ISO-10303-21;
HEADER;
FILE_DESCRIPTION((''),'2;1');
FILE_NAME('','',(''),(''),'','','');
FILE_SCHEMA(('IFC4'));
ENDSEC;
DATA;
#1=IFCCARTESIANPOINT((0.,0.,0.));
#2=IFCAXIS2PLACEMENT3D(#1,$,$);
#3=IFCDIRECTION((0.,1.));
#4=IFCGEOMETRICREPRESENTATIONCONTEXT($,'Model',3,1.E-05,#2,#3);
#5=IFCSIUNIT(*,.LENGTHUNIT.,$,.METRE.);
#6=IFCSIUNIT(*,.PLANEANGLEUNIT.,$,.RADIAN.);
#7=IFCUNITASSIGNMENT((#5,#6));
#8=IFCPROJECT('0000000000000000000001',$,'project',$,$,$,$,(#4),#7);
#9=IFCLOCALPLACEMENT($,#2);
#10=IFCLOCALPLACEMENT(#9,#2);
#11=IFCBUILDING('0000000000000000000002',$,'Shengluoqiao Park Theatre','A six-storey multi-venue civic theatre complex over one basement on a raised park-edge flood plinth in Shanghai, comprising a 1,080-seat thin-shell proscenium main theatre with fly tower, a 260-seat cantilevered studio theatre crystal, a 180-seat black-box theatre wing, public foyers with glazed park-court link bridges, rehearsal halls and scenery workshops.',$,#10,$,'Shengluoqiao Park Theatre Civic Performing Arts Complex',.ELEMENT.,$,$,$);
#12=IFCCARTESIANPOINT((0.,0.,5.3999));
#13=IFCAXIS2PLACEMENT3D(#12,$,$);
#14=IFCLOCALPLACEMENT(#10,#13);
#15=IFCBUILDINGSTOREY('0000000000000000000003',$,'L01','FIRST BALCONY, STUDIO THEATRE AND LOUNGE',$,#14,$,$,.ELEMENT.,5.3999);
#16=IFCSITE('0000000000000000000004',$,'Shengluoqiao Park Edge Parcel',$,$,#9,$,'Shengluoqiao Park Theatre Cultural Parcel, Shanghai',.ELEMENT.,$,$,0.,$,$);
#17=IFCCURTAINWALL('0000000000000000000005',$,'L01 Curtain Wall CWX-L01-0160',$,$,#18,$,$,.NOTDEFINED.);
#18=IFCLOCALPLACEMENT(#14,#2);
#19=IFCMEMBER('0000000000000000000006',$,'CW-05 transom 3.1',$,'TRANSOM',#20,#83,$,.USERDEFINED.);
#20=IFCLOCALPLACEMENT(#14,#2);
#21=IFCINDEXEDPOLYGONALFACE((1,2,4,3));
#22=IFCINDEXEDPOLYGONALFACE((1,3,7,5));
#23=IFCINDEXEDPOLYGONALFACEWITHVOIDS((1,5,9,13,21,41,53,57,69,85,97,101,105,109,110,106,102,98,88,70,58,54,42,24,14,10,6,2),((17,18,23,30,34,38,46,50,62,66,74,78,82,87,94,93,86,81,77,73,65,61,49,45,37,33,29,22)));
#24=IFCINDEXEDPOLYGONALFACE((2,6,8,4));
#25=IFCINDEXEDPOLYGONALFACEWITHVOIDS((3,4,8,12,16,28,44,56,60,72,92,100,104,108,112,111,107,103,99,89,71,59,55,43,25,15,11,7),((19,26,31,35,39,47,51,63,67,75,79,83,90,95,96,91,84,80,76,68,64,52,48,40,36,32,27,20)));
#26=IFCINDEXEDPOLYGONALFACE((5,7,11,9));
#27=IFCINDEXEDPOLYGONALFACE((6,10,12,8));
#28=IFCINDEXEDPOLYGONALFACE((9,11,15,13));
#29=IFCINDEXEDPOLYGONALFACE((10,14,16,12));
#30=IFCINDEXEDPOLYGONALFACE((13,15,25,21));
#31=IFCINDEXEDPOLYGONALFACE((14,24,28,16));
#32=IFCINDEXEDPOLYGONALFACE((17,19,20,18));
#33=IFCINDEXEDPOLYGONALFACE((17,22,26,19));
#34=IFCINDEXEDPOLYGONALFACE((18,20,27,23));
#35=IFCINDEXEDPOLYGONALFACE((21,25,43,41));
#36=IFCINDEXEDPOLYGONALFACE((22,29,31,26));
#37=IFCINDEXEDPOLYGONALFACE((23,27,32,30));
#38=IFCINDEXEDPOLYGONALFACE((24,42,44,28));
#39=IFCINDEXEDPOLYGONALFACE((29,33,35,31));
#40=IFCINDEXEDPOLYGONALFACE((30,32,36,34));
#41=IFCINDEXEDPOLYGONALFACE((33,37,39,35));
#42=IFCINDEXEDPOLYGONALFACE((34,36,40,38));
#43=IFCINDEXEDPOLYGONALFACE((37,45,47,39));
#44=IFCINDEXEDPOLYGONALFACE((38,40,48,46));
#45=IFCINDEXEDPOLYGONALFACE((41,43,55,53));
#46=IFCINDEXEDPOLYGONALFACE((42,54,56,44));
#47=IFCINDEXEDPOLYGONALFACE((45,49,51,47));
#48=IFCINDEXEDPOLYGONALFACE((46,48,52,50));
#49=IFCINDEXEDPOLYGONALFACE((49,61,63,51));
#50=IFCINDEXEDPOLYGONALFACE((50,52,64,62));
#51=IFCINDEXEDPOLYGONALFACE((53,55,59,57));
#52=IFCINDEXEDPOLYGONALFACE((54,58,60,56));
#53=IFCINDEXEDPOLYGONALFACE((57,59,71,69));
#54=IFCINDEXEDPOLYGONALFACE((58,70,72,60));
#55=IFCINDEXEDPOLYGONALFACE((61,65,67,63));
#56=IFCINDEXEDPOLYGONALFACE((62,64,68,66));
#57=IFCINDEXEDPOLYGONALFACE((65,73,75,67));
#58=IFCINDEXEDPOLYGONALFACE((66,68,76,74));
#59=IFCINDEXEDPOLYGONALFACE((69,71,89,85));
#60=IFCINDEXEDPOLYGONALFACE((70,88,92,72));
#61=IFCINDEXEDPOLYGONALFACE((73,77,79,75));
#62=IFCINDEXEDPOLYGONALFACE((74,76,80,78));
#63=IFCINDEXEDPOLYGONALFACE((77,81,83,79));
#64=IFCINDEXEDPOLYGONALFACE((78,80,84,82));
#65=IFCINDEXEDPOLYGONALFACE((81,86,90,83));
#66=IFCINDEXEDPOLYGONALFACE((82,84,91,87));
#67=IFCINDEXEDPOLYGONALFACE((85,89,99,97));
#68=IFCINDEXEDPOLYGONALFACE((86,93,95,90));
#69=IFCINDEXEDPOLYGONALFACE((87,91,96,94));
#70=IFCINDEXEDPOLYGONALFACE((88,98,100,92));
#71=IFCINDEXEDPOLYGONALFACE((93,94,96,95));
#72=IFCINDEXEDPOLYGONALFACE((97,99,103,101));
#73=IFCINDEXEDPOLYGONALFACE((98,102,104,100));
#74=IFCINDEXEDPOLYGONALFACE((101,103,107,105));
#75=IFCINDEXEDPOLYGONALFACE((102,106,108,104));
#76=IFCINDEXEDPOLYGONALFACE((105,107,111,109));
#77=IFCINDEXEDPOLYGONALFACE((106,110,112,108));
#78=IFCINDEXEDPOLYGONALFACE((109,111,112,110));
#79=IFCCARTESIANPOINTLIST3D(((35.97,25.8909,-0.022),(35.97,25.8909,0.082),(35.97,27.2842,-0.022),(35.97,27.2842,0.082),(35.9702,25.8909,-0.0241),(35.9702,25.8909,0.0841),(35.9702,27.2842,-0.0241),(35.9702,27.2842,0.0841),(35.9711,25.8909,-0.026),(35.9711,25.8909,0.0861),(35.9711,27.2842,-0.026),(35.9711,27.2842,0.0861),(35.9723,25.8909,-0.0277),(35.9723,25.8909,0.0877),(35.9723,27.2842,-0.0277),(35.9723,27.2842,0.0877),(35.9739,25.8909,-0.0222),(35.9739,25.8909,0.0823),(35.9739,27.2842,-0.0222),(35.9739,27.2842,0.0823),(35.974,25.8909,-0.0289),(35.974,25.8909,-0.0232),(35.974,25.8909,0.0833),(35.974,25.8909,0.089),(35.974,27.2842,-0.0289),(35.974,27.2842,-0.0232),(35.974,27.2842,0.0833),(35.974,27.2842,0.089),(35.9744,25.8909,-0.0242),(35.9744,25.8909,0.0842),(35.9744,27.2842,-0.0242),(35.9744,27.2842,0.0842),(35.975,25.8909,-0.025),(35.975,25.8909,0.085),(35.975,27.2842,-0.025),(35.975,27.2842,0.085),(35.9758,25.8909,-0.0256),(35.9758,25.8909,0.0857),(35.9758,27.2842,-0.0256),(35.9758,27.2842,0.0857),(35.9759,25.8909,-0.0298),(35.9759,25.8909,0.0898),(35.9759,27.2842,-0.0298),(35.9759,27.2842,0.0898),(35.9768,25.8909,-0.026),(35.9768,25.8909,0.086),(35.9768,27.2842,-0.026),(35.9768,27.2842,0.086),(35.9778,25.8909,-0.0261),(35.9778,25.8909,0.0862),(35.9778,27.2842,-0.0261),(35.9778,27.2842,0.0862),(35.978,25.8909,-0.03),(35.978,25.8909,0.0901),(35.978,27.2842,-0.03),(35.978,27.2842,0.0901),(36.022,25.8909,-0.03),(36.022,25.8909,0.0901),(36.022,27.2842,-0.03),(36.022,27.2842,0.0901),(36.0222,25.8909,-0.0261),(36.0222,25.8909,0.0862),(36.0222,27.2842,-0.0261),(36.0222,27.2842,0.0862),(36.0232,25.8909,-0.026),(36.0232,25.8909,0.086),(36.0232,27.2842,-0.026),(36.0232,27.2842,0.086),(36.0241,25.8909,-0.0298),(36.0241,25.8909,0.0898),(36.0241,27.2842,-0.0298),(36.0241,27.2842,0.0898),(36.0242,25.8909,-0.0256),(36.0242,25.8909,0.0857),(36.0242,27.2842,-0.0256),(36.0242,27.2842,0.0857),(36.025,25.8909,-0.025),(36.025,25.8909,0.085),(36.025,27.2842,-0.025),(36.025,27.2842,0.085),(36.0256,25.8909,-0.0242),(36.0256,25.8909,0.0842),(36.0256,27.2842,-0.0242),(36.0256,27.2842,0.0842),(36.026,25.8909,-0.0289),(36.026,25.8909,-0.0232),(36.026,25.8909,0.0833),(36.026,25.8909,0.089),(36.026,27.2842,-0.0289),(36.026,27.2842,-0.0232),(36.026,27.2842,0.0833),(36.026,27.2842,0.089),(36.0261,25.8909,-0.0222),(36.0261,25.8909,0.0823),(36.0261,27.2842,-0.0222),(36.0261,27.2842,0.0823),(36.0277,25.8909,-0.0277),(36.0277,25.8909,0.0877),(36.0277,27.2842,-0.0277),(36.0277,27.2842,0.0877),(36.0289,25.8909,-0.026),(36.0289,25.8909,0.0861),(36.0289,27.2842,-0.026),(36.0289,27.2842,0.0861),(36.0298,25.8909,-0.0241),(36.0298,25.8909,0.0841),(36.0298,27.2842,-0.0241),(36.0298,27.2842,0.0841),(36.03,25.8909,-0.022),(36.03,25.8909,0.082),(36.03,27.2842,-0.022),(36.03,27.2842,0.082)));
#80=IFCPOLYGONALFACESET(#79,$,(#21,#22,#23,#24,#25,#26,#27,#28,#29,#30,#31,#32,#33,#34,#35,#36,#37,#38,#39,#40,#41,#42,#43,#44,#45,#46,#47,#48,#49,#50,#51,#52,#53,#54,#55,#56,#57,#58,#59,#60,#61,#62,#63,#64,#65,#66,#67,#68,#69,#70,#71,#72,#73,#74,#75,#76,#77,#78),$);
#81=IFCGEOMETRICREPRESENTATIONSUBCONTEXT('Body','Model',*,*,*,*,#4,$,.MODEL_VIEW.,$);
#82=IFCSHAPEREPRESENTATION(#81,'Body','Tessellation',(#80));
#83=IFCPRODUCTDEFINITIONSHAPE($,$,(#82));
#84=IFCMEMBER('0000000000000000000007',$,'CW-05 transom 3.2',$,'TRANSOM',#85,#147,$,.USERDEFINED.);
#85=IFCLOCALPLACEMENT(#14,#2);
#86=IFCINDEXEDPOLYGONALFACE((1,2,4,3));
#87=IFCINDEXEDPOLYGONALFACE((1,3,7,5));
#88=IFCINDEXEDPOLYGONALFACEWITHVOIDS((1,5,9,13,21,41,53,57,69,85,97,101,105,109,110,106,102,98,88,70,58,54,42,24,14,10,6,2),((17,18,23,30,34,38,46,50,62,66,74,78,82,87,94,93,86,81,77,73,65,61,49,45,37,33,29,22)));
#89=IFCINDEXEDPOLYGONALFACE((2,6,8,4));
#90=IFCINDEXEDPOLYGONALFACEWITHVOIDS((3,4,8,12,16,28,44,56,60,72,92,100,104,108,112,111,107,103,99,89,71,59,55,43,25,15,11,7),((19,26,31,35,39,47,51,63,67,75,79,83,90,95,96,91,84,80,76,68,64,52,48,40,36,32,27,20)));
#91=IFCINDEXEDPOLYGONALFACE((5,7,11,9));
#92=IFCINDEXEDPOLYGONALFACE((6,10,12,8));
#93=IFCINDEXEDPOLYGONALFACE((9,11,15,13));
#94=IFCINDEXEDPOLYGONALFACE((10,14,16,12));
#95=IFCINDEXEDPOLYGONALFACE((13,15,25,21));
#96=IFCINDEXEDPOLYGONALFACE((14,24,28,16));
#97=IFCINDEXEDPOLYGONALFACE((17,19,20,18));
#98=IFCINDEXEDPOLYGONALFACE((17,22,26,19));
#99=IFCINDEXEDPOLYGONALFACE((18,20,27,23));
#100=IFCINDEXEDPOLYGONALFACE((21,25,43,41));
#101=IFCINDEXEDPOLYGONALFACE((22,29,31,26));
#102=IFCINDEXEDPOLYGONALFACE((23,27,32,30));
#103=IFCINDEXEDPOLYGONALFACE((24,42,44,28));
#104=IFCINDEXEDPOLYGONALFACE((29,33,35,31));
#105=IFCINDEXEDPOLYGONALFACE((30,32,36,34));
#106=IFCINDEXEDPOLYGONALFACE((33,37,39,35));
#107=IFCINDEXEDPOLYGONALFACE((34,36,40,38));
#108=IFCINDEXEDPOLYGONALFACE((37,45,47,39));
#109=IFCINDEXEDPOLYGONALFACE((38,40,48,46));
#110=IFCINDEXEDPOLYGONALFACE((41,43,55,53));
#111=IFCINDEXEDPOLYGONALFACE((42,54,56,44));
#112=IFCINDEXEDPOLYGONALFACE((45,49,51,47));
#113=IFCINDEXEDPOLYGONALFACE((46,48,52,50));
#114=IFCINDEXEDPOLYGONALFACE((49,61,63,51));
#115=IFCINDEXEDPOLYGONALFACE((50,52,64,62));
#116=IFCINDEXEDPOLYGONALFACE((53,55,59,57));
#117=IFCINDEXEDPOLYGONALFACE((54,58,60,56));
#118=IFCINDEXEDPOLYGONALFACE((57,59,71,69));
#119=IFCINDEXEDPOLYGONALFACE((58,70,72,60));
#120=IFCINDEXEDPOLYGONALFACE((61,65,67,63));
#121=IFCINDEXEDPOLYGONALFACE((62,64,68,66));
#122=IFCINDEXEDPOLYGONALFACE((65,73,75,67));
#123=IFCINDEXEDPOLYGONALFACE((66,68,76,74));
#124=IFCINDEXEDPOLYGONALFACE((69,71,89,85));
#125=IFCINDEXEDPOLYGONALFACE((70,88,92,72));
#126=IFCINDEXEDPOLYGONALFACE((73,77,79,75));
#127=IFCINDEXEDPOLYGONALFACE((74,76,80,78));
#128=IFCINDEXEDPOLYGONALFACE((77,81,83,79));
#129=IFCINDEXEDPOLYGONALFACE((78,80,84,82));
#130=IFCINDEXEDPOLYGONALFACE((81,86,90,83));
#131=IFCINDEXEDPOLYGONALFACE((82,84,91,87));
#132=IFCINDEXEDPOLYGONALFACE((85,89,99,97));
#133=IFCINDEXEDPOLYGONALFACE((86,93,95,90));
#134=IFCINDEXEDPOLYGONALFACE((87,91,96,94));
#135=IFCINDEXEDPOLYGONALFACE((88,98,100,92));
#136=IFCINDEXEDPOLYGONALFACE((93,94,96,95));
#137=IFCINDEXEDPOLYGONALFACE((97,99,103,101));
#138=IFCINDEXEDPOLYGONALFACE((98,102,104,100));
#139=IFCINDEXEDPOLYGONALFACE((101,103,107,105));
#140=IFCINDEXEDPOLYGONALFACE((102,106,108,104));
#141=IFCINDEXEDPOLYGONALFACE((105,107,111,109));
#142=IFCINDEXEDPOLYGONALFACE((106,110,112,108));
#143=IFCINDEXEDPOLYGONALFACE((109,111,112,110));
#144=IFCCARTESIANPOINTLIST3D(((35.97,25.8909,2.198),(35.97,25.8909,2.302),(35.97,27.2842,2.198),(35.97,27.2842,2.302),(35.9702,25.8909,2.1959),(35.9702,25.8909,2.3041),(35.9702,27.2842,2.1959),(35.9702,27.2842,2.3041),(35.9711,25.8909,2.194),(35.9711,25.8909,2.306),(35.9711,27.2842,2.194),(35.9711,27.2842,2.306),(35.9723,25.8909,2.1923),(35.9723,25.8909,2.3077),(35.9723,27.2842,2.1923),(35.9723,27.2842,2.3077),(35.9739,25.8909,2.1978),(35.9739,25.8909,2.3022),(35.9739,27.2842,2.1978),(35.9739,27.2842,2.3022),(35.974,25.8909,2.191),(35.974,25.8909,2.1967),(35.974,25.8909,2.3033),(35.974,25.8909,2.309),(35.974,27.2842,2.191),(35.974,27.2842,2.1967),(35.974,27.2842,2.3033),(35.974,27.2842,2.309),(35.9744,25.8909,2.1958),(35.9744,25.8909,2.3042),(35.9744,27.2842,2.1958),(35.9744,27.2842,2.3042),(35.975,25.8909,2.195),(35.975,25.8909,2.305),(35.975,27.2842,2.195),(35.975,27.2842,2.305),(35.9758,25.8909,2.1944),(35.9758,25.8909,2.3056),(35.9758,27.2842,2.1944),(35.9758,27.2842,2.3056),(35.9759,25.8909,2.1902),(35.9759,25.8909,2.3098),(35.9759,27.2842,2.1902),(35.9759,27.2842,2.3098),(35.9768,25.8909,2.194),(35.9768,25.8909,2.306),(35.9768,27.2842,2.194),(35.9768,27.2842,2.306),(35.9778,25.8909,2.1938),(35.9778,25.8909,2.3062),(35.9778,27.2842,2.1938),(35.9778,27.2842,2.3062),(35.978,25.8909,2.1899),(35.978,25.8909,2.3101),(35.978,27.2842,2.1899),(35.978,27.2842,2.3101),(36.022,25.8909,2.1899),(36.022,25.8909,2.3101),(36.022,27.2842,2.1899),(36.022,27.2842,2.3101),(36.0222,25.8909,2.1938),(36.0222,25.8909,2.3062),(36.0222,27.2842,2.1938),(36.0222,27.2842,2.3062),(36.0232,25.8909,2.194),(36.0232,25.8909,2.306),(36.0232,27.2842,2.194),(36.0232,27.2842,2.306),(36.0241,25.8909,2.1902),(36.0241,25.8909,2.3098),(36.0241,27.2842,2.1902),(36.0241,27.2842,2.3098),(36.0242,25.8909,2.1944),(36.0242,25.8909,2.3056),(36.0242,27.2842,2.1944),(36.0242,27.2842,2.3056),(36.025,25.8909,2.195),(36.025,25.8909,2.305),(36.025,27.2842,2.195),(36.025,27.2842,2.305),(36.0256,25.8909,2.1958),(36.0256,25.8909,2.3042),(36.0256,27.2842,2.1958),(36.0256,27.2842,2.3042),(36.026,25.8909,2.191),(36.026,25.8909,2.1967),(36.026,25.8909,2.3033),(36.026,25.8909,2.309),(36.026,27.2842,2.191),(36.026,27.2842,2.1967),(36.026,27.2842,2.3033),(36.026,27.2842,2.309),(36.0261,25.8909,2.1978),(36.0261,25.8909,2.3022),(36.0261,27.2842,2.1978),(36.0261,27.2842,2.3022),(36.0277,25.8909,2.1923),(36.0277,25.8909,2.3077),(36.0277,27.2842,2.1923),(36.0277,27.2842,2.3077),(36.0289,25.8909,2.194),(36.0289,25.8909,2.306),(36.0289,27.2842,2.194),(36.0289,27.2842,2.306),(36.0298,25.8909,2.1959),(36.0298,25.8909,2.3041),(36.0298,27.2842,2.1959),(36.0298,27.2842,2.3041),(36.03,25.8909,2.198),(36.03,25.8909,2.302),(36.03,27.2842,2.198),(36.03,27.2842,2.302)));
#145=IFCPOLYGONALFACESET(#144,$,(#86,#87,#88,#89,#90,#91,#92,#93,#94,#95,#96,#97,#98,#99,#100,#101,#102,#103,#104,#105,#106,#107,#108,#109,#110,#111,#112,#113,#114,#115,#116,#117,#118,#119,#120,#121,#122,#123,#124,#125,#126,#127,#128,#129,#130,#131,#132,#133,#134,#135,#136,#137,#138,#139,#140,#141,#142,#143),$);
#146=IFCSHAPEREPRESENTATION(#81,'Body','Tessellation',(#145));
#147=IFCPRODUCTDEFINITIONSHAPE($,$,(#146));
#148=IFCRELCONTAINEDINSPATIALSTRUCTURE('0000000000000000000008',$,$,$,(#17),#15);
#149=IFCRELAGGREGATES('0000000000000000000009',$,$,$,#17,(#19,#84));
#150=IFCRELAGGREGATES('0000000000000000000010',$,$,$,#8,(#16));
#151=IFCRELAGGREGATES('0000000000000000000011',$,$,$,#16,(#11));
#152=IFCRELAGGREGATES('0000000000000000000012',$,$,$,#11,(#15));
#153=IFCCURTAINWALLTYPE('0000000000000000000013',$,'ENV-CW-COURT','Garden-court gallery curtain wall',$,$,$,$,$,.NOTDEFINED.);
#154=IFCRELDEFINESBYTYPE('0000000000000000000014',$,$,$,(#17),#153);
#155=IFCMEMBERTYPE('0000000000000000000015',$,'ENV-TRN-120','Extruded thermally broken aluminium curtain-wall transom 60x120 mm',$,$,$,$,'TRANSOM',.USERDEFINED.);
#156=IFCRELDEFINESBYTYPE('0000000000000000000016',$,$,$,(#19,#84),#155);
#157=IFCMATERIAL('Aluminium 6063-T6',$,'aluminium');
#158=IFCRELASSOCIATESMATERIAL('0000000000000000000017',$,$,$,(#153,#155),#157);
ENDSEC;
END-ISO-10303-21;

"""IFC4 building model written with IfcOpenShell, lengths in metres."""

from ifc_helpers import new_model, si_unit, direction, frame, origin, origin_2d, place, context, subcontext, project, spatial, hollow_rectangle, extrude, material, material_profile, profile_set, type_object, element, aggregate, save


model = new_model("IFC4")

# Units and contexts
model_context = context("Model", 3, precision=1e-05, world=origin(), true_north=direction((0.0, 1.0)))
body_context = subcontext(model_context, "Body", "Model", "MODEL_VIEW")
ifc_project = project(units=[si_unit("LENGTHUNIT", "METRE"), si_unit("PLANEANGLEUNIT", "RADIAN")], contexts=[model_context])

# Site, building, storey
site_placement = place(None, origin())
site = spatial("IfcSite", under=ifc_project, at=site_placement, Name="Shengluoqiao Park Edge Parcel", LongName="Shengluoqiao Park Theatre Cultural Parcel, Shanghai", CompositionType="ELEMENT", RefElevation=0.0)
building_placement = place(site_placement, origin())
building = spatial("IfcBuilding", under=site, at=building_placement, Name="Shengluoqiao Park Theatre", Description="A six-storey multi-venue civic theatre complex over one basement on a raised park-edge flood plinth in Shanghai, comprising a 1,080-seat thin-shell proscenium main theatre with fly tower, a 260-seat cantilevered studio theatre crystal, a 180-seat black-box theatre wing, public foyers with glazed park-court link bridges, rehearsal halls and scenery workshops.", LongName="Shengluoqiao Park Theatre Civic Performing Arts Complex", CompositionType="ELEMENT")
storey_placement = place(building_placement, frame((0.0, 0.0, 5.3999)))
storey = spatial("IfcBuildingStorey", under=building, at=storey_placement, Name="L01", Description="FIRST BALCONY, STUDIO THEATRE AND LOUNGE", CompositionType="ELEMENT", Elevation=5.3999)

# Curtain wall
ifc_material_1 = material(Name="Aluminium 6063-T6", Category="aluminium")
curtain_wall_type_1 = type_object("IfcCurtainWallType", Name="ENV-CW-COURT", Description="Garden-court gallery curtain wall", PredefinedType="NOTDEFINED", material=ifc_material_1)
curtain_wall_1_placement = place(storey_placement, origin())
curtain_wall_1 = element("IfcCurtainWall", 1, at=curtain_wall_1_placement, inside=storey, type_object=curtain_wall_type_1, Name="L01 Curtain Wall CWX-L01-0160", PredefinedType="NOTDEFINED")
ifc_material_profile_1 = material_profile(ifc_material_1, hollow_rectangle(XDim=0.0601, YDim=0.1201, WallThickness=0.0039, InnerFilletRadius=0.0039, OuterFilletRadius=0.0081, at=origin_2d()), Name="ALU TRANSOM 120x60x4")
ifc_profile_set_1 = profile_set([ifc_material_profile_1], Name="Aluminium 6063-T6")
member_type_1 = type_object("IfcMemberType", Name="ENV-TRN-120", Description="Extruded thermally broken aluminium curtain-wall transom 60x120 mm", ElementType="TRANSOM", PredefinedType="USERDEFINED", material=ifc_profile_set_1)

# Members
member_1_placement = place(storey_placement, frame((36.0, 25.8909, 0.03), z_axis=(0.0, 1.0, 0.0), x_axis=(-1.0, 0.0, 0.0)))
member_1 = element("IfcMember", 2, at=member_1_placement, type_object=member_type_1, Name="CW-05 transom 3.1", ObjectType="TRANSOM", PredefinedType="USERDEFINED", context=body_context, shape_type="SweptSolid", body=[
    extrude(hollow_rectangle(XDim=0.0601, YDim=0.1201, WallThickness=0.0039, InnerFilletRadius=0.0039, OuterFilletRadius=0.0081, at=origin_2d()), origin(), (0.0, 0.0, 1.0), 1.3933),
])
member_2_placement = place(storey_placement, frame((36.0, 25.8909, 2.25), z_axis=(0.0, 1.0, 0.0), x_axis=(-1.0, 0.0, 0.0)))
member_2 = element("IfcMember", 3, at=member_2_placement, type_object=member_type_1, Name="CW-05 transom 3.2", ObjectType="TRANSOM", PredefinedType="USERDEFINED", context=body_context, shape_type="SweptSolid", body=[
    extrude(hollow_rectangle(XDim=0.0601, YDim=0.1201, WallThickness=0.0039, InnerFilletRadius=0.0039, OuterFilletRadius=0.0081, at=origin_2d()), origin(), (0.0, 0.0, 1.0), 1.3933),
])

aggregate(curtain_wall_1, [member_1, member_2])

save(model, "model.ifc")
